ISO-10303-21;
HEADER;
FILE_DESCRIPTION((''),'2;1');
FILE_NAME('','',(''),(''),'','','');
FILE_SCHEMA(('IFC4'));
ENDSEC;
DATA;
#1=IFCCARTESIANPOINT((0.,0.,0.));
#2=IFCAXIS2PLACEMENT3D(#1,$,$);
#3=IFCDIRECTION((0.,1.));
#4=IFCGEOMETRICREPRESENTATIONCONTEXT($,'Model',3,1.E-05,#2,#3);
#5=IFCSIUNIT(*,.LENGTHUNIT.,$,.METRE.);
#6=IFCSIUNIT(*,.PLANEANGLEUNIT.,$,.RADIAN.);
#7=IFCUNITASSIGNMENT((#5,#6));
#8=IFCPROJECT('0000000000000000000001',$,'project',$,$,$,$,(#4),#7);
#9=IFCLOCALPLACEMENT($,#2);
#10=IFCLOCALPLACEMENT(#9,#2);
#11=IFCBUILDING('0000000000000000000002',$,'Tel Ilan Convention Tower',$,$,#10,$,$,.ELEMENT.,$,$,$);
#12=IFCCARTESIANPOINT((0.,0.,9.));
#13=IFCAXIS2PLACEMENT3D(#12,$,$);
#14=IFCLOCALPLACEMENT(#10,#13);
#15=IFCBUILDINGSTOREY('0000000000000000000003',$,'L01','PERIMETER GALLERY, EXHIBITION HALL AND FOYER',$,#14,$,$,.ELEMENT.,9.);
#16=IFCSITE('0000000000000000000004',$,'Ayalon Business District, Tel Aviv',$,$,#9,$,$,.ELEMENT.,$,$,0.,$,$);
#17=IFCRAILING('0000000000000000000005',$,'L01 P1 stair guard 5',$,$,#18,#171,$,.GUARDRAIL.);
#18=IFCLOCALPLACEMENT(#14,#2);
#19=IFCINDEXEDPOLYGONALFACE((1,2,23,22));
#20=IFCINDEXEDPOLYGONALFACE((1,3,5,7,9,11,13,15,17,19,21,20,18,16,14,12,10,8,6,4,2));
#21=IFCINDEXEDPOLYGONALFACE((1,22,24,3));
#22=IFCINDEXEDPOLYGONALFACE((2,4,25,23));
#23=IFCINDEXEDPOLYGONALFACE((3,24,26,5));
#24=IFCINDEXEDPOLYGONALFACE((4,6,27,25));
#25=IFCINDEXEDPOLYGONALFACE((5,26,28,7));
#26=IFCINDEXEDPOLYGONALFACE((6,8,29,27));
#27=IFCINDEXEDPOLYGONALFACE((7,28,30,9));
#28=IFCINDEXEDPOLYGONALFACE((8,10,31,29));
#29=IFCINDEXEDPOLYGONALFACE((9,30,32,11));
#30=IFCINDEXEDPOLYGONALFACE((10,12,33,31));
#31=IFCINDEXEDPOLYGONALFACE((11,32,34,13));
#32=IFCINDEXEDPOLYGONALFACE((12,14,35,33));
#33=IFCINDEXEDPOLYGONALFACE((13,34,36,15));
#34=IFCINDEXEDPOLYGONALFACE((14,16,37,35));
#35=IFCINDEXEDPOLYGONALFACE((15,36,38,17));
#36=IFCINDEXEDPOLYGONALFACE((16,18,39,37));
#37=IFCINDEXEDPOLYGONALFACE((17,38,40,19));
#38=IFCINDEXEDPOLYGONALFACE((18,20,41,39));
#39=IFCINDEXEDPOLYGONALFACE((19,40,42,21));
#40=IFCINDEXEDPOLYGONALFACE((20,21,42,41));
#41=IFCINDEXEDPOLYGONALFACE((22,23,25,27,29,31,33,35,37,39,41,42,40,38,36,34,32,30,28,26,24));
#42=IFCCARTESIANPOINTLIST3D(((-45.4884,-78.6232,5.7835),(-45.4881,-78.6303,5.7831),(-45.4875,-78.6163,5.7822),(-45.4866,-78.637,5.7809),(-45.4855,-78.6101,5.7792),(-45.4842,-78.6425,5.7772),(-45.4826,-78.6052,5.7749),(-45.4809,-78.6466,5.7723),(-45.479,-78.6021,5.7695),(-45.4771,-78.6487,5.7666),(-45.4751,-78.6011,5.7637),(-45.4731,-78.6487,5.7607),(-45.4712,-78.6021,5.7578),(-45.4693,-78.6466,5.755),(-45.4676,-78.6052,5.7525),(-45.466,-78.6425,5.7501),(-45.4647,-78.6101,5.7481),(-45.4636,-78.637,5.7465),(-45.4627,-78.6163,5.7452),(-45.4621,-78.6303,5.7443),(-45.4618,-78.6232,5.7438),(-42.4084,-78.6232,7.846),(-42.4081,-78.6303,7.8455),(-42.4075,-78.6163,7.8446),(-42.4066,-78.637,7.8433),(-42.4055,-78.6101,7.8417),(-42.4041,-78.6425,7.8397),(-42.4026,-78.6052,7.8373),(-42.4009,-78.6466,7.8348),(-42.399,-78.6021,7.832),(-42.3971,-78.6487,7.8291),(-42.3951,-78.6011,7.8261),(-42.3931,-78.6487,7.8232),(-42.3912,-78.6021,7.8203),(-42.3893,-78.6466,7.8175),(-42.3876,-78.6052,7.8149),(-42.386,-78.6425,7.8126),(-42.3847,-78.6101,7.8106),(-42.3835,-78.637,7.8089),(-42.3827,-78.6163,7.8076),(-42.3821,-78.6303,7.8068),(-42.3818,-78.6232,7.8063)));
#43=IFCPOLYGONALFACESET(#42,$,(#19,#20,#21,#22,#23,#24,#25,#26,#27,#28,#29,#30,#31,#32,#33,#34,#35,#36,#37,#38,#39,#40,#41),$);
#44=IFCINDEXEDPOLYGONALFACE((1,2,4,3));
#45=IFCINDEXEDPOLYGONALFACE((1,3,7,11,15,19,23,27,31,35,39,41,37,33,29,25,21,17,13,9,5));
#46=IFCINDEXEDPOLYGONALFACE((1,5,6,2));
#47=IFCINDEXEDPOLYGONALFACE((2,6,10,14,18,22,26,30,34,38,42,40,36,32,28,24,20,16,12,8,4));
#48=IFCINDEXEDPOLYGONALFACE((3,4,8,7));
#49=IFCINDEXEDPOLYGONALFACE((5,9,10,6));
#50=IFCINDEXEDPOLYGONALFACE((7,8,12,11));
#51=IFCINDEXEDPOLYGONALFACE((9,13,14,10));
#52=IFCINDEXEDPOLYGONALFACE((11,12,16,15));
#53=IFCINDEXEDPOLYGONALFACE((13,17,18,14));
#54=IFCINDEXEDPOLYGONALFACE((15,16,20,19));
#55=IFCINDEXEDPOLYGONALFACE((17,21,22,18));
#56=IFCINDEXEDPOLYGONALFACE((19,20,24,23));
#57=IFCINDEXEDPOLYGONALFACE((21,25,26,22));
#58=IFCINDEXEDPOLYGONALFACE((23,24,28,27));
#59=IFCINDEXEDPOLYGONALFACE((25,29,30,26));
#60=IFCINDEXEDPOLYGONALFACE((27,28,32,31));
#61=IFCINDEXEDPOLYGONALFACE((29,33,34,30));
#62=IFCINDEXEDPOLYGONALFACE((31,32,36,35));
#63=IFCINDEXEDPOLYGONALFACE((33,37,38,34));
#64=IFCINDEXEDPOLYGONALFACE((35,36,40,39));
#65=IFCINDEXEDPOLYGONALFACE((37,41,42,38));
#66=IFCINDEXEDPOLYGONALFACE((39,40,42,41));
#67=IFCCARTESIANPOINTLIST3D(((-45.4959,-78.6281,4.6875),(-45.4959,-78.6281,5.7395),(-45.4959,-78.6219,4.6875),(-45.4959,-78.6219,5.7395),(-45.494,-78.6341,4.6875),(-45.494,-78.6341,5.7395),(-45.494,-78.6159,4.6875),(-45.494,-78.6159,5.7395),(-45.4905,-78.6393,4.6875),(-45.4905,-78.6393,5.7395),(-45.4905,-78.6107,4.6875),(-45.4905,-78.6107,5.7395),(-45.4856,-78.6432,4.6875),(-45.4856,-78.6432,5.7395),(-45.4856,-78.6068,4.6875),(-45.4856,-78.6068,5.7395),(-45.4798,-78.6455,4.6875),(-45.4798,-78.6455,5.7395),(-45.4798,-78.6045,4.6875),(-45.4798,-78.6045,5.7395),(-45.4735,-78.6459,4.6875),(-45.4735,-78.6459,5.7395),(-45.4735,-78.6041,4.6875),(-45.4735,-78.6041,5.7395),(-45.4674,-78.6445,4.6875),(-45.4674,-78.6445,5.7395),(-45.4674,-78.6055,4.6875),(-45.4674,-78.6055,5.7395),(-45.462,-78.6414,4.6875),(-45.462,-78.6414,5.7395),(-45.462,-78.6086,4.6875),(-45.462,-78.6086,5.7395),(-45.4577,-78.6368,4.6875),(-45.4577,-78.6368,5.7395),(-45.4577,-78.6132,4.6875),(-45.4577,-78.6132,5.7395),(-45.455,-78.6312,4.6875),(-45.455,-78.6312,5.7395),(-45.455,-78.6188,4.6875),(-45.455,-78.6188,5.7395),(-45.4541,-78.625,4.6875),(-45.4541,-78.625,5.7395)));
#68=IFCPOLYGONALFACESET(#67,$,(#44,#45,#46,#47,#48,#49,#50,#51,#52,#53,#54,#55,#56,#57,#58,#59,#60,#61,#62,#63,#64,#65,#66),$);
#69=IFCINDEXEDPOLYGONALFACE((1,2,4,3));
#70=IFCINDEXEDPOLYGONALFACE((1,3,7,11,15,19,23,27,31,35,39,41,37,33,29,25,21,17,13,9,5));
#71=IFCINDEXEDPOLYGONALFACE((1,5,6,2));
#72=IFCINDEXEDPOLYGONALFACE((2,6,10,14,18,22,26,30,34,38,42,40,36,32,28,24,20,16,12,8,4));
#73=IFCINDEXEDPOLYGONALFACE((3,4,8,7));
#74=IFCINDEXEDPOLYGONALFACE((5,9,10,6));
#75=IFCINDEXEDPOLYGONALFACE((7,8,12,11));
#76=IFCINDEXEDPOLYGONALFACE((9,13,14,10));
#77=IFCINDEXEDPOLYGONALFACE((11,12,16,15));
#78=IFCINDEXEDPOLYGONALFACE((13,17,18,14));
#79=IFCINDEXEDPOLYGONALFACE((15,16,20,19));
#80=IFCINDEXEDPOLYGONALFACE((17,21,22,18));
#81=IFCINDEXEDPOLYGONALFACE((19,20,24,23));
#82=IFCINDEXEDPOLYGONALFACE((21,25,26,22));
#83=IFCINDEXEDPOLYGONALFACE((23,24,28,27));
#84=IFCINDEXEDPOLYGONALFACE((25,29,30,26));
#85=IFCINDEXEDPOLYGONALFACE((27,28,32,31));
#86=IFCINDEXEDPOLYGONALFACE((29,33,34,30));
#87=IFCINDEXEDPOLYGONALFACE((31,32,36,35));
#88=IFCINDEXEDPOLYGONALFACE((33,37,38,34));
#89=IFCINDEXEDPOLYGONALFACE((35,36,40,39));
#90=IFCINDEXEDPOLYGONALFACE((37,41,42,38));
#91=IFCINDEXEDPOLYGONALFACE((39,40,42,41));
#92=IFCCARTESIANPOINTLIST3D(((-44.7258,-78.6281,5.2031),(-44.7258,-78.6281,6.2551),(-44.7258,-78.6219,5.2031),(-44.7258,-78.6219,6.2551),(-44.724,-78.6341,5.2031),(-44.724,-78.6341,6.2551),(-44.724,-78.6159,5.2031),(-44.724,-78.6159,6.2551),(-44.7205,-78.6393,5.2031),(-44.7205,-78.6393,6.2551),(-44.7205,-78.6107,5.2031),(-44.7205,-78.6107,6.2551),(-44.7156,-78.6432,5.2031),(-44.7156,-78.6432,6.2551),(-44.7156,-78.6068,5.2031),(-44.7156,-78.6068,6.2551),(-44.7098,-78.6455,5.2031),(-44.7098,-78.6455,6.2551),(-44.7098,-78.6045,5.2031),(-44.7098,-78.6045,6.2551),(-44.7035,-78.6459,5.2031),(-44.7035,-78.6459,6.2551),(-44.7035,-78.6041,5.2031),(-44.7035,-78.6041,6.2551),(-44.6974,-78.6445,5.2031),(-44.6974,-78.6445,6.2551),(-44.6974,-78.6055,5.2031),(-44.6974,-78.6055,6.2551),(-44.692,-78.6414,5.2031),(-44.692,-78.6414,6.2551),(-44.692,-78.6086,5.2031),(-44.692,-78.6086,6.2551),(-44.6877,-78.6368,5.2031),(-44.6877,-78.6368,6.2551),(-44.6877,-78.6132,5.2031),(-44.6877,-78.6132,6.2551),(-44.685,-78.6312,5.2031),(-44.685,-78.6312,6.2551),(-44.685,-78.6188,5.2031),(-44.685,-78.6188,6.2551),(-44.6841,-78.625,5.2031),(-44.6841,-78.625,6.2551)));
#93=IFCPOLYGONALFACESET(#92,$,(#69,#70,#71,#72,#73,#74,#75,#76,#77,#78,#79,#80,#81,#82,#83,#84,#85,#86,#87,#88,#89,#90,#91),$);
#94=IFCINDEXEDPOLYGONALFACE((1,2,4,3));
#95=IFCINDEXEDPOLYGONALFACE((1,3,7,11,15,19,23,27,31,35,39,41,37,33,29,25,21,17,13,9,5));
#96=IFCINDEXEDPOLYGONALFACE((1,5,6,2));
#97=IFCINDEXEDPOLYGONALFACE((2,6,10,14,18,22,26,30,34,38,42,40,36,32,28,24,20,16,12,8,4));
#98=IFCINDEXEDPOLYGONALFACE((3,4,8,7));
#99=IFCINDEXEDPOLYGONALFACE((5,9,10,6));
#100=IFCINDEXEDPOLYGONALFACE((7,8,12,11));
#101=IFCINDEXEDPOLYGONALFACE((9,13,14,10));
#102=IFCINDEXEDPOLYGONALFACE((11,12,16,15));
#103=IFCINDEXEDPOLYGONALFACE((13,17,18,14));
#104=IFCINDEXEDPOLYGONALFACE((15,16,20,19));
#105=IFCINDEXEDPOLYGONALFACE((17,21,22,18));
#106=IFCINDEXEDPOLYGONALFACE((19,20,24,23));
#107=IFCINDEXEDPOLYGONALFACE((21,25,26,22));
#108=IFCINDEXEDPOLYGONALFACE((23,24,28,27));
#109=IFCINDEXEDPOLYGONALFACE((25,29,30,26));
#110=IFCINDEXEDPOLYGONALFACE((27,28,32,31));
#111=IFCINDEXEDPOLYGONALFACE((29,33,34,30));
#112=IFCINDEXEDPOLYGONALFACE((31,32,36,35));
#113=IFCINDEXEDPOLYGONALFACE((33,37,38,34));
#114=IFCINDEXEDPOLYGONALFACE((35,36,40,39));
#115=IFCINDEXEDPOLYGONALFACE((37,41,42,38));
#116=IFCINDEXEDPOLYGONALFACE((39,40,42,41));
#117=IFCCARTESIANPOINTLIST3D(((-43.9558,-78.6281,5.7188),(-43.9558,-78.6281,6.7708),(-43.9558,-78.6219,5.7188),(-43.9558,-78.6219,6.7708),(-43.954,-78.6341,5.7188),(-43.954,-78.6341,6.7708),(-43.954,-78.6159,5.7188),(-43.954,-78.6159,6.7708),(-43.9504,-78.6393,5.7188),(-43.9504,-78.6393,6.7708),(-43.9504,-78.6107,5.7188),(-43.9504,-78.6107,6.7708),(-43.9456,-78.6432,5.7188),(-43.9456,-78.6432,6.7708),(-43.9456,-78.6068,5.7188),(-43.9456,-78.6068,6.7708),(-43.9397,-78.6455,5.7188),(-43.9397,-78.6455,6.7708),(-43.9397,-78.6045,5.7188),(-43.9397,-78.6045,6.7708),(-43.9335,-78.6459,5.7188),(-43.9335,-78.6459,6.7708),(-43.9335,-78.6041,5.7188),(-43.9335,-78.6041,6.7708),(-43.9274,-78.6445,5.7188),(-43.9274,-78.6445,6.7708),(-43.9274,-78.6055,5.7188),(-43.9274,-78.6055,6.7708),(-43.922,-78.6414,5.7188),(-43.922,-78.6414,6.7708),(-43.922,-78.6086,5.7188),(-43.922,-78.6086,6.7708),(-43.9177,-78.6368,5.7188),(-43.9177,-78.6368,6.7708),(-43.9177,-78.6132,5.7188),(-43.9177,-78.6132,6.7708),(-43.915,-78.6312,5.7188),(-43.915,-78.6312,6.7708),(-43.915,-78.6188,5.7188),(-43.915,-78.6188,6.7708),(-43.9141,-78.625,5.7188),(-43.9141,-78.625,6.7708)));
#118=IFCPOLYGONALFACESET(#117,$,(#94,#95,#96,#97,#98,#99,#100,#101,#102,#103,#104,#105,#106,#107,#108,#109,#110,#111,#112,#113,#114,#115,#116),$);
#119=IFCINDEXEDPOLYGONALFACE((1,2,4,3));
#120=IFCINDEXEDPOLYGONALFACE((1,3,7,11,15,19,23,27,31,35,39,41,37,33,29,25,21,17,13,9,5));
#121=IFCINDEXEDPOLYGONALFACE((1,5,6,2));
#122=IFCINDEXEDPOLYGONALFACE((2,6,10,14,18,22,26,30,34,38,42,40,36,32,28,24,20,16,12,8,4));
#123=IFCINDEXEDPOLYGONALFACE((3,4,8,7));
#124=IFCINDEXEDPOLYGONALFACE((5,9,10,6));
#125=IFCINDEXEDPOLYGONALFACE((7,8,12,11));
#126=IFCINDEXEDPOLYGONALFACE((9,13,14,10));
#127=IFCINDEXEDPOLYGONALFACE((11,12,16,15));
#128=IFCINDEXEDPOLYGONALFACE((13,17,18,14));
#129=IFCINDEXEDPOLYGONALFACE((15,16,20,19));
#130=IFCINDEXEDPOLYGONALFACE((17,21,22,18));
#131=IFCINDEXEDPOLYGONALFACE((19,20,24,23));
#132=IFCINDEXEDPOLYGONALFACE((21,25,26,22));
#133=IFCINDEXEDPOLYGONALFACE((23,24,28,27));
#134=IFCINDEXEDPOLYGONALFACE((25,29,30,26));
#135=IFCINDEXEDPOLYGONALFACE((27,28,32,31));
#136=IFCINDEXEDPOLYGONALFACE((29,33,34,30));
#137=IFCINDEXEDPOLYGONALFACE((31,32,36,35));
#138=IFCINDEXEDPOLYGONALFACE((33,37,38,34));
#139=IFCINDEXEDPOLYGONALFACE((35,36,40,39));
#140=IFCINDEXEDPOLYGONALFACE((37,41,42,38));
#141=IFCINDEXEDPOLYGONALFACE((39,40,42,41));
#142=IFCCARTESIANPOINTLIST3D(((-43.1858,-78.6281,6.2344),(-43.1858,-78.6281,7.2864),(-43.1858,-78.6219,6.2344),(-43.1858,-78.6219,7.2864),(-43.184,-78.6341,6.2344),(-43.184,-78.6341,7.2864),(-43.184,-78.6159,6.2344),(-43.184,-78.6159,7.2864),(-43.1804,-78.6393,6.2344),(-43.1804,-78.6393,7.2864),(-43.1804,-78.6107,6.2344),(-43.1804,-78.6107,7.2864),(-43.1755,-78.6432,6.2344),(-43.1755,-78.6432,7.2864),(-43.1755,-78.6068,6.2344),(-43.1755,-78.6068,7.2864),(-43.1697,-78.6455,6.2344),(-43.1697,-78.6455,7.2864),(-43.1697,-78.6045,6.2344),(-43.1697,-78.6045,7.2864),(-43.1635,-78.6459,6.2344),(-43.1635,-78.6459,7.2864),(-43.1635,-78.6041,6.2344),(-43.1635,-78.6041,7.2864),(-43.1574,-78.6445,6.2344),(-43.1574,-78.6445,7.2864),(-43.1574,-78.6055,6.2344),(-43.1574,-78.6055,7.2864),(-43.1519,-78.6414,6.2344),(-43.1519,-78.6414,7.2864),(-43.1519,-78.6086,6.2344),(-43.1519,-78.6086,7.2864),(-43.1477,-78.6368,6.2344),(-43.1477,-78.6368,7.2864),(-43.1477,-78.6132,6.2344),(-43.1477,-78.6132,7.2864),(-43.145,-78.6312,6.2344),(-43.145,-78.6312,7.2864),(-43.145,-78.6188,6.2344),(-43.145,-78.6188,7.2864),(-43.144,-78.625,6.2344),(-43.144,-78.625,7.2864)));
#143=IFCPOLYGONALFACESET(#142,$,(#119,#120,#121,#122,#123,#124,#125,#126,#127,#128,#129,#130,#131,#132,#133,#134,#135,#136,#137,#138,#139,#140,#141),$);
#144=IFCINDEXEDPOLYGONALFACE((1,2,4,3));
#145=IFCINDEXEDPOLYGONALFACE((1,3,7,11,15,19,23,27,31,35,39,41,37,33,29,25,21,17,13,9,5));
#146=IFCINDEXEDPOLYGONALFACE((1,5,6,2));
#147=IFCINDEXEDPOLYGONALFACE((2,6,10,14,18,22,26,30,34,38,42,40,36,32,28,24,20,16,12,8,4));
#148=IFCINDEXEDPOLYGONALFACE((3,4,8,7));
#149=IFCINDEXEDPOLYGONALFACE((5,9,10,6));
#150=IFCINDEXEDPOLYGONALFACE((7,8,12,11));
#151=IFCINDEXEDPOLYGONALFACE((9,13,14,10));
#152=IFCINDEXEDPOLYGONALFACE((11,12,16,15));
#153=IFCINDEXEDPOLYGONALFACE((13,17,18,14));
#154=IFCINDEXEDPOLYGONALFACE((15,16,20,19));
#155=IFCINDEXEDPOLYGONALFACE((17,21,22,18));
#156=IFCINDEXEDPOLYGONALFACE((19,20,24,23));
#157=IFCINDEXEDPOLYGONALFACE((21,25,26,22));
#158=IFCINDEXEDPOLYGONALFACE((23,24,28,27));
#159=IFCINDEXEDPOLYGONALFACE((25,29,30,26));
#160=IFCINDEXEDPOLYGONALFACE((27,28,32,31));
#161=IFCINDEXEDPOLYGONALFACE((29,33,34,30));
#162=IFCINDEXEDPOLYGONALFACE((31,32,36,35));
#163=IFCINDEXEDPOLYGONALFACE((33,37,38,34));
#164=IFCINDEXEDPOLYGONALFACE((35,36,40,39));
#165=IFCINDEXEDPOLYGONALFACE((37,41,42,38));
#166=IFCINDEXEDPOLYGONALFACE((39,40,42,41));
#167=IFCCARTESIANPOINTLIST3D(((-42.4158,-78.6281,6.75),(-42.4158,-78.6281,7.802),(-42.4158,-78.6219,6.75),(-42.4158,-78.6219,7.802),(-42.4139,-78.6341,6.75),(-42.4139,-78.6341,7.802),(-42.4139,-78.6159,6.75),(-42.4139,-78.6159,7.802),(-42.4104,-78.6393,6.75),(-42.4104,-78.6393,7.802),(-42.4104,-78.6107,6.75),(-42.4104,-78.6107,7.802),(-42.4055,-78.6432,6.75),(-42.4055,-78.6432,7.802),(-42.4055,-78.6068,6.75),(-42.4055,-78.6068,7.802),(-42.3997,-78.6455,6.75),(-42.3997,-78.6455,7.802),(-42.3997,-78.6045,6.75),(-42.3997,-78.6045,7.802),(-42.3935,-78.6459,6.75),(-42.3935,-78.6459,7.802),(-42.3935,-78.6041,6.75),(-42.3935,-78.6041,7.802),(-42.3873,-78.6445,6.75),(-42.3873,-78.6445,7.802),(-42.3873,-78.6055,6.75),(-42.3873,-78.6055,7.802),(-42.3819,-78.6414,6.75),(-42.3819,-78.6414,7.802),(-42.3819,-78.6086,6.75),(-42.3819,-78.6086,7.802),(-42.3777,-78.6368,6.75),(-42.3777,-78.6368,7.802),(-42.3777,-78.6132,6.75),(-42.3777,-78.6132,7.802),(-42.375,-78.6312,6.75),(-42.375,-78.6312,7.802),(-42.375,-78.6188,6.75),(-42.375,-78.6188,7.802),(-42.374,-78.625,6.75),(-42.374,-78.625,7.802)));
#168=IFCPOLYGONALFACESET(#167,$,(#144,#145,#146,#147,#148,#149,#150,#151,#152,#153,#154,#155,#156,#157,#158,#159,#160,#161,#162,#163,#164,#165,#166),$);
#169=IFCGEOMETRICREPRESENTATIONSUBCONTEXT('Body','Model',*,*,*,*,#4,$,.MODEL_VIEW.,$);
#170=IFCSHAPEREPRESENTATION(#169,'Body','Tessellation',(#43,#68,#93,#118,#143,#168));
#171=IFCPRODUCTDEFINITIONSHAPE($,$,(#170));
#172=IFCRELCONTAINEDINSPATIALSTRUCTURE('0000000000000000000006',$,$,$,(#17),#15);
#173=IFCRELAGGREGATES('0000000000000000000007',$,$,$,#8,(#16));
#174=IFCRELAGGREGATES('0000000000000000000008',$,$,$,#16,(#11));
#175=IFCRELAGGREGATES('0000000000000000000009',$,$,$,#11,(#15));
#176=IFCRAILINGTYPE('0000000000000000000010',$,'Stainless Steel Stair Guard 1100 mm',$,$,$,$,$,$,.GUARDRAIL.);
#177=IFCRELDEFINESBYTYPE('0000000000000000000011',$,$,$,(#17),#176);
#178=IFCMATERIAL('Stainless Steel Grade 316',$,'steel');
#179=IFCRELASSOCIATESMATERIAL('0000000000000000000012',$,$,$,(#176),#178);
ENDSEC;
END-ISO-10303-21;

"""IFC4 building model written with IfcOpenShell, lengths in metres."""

from ifc_helpers import new_model, si_unit, direction, frame, origin, origin_2d, place, context, subcontext, project, spatial, circle, extrude, material, type_object, element, save


model = new_model("IFC4")

# Units and contexts
model_context = context("Model", 3, precision=1e-05, world=origin(), true_north=direction((0.0, 1.0)))
body_context = subcontext(model_context, "Body", "Model", "MODEL_VIEW")
ifc_project = project(units=[si_unit("LENGTHUNIT", "METRE"), si_unit("PLANEANGLEUNIT", "RADIAN")], contexts=[model_context])

# Site, building, storey
site_placement = place(None, origin())
site = spatial("IfcSite", under=ifc_project, at=site_placement, Name="Ayalon Business District, Tel Aviv", CompositionType="ELEMENT", RefElevation=0.0)
building_placement = place(site_placement, origin())
building = spatial("IfcBuilding", under=site, at=building_placement, Name="Tel Ilan Convention Tower", CompositionType="ELEMENT")
storey_placement = place(building_placement, frame((0.0, 0.0, 9.0)))
storey = spatial("IfcBuildingStorey", under=building, at=storey_placement, Name="L01", Description="PERIMETER GALLERY, EXHIBITION HALL AND FOYER", CompositionType="ELEMENT", Elevation=9.0)

# Railing
ifc_material_1 = material(Name="Stainless Steel Grade 316", Category="steel")
railing_type_1 = type_object("IfcRailingType", Name="Stainless Steel Stair Guard 1100 mm", PredefinedType="GUARDRAIL", material=ifc_material_1)
railing_1_placement = place(storey_placement, frame((-45.4751, -78.625, 4.6875)))
element("IfcRailing", 1, at=railing_1_placement, inside=storey, type_object=railing_type_1, Name="L01 P1 stair guard 5", PredefinedType="GUARDRAIL", context=body_context, shape_type="SweptSolid", body=[
    extrude(circle(Radius=0.0239, at=origin_2d()), frame((0.0, 0.0, 1.0762), z_axis=(0.830914, 0.0, 0.556401), x_axis=(0.0, 1.0, 0.0)), (0.0, 0.0, 1.0), 3.7068),
    extrude(circle(Radius=0.021, at=origin_2d()), origin(), (0.0, 0.0, 1.0), 1.052),
    extrude(circle(Radius=0.021, at=origin_2d()), frame((0.77, 0.0, 0.5156)), (0.0, 0.0, 1.0), 1.052),
    extrude(circle(Radius=0.021, at=origin_2d()), frame((1.54, 0.0, 1.0312)), (0.0, 0.0, 1.0), 1.052),
    extrude(circle(Radius=0.021, at=origin_2d()), frame((2.3101, 0.0, 1.5469)), (0.0, 0.0, 1.0), 1.052),
    extrude(circle(Radius=0.021, at=origin_2d()), frame((3.0801, 0.0, 2.0625)), (0.0, 0.0, 1.0), 1.052),
])

save(model, "model.ifc")
